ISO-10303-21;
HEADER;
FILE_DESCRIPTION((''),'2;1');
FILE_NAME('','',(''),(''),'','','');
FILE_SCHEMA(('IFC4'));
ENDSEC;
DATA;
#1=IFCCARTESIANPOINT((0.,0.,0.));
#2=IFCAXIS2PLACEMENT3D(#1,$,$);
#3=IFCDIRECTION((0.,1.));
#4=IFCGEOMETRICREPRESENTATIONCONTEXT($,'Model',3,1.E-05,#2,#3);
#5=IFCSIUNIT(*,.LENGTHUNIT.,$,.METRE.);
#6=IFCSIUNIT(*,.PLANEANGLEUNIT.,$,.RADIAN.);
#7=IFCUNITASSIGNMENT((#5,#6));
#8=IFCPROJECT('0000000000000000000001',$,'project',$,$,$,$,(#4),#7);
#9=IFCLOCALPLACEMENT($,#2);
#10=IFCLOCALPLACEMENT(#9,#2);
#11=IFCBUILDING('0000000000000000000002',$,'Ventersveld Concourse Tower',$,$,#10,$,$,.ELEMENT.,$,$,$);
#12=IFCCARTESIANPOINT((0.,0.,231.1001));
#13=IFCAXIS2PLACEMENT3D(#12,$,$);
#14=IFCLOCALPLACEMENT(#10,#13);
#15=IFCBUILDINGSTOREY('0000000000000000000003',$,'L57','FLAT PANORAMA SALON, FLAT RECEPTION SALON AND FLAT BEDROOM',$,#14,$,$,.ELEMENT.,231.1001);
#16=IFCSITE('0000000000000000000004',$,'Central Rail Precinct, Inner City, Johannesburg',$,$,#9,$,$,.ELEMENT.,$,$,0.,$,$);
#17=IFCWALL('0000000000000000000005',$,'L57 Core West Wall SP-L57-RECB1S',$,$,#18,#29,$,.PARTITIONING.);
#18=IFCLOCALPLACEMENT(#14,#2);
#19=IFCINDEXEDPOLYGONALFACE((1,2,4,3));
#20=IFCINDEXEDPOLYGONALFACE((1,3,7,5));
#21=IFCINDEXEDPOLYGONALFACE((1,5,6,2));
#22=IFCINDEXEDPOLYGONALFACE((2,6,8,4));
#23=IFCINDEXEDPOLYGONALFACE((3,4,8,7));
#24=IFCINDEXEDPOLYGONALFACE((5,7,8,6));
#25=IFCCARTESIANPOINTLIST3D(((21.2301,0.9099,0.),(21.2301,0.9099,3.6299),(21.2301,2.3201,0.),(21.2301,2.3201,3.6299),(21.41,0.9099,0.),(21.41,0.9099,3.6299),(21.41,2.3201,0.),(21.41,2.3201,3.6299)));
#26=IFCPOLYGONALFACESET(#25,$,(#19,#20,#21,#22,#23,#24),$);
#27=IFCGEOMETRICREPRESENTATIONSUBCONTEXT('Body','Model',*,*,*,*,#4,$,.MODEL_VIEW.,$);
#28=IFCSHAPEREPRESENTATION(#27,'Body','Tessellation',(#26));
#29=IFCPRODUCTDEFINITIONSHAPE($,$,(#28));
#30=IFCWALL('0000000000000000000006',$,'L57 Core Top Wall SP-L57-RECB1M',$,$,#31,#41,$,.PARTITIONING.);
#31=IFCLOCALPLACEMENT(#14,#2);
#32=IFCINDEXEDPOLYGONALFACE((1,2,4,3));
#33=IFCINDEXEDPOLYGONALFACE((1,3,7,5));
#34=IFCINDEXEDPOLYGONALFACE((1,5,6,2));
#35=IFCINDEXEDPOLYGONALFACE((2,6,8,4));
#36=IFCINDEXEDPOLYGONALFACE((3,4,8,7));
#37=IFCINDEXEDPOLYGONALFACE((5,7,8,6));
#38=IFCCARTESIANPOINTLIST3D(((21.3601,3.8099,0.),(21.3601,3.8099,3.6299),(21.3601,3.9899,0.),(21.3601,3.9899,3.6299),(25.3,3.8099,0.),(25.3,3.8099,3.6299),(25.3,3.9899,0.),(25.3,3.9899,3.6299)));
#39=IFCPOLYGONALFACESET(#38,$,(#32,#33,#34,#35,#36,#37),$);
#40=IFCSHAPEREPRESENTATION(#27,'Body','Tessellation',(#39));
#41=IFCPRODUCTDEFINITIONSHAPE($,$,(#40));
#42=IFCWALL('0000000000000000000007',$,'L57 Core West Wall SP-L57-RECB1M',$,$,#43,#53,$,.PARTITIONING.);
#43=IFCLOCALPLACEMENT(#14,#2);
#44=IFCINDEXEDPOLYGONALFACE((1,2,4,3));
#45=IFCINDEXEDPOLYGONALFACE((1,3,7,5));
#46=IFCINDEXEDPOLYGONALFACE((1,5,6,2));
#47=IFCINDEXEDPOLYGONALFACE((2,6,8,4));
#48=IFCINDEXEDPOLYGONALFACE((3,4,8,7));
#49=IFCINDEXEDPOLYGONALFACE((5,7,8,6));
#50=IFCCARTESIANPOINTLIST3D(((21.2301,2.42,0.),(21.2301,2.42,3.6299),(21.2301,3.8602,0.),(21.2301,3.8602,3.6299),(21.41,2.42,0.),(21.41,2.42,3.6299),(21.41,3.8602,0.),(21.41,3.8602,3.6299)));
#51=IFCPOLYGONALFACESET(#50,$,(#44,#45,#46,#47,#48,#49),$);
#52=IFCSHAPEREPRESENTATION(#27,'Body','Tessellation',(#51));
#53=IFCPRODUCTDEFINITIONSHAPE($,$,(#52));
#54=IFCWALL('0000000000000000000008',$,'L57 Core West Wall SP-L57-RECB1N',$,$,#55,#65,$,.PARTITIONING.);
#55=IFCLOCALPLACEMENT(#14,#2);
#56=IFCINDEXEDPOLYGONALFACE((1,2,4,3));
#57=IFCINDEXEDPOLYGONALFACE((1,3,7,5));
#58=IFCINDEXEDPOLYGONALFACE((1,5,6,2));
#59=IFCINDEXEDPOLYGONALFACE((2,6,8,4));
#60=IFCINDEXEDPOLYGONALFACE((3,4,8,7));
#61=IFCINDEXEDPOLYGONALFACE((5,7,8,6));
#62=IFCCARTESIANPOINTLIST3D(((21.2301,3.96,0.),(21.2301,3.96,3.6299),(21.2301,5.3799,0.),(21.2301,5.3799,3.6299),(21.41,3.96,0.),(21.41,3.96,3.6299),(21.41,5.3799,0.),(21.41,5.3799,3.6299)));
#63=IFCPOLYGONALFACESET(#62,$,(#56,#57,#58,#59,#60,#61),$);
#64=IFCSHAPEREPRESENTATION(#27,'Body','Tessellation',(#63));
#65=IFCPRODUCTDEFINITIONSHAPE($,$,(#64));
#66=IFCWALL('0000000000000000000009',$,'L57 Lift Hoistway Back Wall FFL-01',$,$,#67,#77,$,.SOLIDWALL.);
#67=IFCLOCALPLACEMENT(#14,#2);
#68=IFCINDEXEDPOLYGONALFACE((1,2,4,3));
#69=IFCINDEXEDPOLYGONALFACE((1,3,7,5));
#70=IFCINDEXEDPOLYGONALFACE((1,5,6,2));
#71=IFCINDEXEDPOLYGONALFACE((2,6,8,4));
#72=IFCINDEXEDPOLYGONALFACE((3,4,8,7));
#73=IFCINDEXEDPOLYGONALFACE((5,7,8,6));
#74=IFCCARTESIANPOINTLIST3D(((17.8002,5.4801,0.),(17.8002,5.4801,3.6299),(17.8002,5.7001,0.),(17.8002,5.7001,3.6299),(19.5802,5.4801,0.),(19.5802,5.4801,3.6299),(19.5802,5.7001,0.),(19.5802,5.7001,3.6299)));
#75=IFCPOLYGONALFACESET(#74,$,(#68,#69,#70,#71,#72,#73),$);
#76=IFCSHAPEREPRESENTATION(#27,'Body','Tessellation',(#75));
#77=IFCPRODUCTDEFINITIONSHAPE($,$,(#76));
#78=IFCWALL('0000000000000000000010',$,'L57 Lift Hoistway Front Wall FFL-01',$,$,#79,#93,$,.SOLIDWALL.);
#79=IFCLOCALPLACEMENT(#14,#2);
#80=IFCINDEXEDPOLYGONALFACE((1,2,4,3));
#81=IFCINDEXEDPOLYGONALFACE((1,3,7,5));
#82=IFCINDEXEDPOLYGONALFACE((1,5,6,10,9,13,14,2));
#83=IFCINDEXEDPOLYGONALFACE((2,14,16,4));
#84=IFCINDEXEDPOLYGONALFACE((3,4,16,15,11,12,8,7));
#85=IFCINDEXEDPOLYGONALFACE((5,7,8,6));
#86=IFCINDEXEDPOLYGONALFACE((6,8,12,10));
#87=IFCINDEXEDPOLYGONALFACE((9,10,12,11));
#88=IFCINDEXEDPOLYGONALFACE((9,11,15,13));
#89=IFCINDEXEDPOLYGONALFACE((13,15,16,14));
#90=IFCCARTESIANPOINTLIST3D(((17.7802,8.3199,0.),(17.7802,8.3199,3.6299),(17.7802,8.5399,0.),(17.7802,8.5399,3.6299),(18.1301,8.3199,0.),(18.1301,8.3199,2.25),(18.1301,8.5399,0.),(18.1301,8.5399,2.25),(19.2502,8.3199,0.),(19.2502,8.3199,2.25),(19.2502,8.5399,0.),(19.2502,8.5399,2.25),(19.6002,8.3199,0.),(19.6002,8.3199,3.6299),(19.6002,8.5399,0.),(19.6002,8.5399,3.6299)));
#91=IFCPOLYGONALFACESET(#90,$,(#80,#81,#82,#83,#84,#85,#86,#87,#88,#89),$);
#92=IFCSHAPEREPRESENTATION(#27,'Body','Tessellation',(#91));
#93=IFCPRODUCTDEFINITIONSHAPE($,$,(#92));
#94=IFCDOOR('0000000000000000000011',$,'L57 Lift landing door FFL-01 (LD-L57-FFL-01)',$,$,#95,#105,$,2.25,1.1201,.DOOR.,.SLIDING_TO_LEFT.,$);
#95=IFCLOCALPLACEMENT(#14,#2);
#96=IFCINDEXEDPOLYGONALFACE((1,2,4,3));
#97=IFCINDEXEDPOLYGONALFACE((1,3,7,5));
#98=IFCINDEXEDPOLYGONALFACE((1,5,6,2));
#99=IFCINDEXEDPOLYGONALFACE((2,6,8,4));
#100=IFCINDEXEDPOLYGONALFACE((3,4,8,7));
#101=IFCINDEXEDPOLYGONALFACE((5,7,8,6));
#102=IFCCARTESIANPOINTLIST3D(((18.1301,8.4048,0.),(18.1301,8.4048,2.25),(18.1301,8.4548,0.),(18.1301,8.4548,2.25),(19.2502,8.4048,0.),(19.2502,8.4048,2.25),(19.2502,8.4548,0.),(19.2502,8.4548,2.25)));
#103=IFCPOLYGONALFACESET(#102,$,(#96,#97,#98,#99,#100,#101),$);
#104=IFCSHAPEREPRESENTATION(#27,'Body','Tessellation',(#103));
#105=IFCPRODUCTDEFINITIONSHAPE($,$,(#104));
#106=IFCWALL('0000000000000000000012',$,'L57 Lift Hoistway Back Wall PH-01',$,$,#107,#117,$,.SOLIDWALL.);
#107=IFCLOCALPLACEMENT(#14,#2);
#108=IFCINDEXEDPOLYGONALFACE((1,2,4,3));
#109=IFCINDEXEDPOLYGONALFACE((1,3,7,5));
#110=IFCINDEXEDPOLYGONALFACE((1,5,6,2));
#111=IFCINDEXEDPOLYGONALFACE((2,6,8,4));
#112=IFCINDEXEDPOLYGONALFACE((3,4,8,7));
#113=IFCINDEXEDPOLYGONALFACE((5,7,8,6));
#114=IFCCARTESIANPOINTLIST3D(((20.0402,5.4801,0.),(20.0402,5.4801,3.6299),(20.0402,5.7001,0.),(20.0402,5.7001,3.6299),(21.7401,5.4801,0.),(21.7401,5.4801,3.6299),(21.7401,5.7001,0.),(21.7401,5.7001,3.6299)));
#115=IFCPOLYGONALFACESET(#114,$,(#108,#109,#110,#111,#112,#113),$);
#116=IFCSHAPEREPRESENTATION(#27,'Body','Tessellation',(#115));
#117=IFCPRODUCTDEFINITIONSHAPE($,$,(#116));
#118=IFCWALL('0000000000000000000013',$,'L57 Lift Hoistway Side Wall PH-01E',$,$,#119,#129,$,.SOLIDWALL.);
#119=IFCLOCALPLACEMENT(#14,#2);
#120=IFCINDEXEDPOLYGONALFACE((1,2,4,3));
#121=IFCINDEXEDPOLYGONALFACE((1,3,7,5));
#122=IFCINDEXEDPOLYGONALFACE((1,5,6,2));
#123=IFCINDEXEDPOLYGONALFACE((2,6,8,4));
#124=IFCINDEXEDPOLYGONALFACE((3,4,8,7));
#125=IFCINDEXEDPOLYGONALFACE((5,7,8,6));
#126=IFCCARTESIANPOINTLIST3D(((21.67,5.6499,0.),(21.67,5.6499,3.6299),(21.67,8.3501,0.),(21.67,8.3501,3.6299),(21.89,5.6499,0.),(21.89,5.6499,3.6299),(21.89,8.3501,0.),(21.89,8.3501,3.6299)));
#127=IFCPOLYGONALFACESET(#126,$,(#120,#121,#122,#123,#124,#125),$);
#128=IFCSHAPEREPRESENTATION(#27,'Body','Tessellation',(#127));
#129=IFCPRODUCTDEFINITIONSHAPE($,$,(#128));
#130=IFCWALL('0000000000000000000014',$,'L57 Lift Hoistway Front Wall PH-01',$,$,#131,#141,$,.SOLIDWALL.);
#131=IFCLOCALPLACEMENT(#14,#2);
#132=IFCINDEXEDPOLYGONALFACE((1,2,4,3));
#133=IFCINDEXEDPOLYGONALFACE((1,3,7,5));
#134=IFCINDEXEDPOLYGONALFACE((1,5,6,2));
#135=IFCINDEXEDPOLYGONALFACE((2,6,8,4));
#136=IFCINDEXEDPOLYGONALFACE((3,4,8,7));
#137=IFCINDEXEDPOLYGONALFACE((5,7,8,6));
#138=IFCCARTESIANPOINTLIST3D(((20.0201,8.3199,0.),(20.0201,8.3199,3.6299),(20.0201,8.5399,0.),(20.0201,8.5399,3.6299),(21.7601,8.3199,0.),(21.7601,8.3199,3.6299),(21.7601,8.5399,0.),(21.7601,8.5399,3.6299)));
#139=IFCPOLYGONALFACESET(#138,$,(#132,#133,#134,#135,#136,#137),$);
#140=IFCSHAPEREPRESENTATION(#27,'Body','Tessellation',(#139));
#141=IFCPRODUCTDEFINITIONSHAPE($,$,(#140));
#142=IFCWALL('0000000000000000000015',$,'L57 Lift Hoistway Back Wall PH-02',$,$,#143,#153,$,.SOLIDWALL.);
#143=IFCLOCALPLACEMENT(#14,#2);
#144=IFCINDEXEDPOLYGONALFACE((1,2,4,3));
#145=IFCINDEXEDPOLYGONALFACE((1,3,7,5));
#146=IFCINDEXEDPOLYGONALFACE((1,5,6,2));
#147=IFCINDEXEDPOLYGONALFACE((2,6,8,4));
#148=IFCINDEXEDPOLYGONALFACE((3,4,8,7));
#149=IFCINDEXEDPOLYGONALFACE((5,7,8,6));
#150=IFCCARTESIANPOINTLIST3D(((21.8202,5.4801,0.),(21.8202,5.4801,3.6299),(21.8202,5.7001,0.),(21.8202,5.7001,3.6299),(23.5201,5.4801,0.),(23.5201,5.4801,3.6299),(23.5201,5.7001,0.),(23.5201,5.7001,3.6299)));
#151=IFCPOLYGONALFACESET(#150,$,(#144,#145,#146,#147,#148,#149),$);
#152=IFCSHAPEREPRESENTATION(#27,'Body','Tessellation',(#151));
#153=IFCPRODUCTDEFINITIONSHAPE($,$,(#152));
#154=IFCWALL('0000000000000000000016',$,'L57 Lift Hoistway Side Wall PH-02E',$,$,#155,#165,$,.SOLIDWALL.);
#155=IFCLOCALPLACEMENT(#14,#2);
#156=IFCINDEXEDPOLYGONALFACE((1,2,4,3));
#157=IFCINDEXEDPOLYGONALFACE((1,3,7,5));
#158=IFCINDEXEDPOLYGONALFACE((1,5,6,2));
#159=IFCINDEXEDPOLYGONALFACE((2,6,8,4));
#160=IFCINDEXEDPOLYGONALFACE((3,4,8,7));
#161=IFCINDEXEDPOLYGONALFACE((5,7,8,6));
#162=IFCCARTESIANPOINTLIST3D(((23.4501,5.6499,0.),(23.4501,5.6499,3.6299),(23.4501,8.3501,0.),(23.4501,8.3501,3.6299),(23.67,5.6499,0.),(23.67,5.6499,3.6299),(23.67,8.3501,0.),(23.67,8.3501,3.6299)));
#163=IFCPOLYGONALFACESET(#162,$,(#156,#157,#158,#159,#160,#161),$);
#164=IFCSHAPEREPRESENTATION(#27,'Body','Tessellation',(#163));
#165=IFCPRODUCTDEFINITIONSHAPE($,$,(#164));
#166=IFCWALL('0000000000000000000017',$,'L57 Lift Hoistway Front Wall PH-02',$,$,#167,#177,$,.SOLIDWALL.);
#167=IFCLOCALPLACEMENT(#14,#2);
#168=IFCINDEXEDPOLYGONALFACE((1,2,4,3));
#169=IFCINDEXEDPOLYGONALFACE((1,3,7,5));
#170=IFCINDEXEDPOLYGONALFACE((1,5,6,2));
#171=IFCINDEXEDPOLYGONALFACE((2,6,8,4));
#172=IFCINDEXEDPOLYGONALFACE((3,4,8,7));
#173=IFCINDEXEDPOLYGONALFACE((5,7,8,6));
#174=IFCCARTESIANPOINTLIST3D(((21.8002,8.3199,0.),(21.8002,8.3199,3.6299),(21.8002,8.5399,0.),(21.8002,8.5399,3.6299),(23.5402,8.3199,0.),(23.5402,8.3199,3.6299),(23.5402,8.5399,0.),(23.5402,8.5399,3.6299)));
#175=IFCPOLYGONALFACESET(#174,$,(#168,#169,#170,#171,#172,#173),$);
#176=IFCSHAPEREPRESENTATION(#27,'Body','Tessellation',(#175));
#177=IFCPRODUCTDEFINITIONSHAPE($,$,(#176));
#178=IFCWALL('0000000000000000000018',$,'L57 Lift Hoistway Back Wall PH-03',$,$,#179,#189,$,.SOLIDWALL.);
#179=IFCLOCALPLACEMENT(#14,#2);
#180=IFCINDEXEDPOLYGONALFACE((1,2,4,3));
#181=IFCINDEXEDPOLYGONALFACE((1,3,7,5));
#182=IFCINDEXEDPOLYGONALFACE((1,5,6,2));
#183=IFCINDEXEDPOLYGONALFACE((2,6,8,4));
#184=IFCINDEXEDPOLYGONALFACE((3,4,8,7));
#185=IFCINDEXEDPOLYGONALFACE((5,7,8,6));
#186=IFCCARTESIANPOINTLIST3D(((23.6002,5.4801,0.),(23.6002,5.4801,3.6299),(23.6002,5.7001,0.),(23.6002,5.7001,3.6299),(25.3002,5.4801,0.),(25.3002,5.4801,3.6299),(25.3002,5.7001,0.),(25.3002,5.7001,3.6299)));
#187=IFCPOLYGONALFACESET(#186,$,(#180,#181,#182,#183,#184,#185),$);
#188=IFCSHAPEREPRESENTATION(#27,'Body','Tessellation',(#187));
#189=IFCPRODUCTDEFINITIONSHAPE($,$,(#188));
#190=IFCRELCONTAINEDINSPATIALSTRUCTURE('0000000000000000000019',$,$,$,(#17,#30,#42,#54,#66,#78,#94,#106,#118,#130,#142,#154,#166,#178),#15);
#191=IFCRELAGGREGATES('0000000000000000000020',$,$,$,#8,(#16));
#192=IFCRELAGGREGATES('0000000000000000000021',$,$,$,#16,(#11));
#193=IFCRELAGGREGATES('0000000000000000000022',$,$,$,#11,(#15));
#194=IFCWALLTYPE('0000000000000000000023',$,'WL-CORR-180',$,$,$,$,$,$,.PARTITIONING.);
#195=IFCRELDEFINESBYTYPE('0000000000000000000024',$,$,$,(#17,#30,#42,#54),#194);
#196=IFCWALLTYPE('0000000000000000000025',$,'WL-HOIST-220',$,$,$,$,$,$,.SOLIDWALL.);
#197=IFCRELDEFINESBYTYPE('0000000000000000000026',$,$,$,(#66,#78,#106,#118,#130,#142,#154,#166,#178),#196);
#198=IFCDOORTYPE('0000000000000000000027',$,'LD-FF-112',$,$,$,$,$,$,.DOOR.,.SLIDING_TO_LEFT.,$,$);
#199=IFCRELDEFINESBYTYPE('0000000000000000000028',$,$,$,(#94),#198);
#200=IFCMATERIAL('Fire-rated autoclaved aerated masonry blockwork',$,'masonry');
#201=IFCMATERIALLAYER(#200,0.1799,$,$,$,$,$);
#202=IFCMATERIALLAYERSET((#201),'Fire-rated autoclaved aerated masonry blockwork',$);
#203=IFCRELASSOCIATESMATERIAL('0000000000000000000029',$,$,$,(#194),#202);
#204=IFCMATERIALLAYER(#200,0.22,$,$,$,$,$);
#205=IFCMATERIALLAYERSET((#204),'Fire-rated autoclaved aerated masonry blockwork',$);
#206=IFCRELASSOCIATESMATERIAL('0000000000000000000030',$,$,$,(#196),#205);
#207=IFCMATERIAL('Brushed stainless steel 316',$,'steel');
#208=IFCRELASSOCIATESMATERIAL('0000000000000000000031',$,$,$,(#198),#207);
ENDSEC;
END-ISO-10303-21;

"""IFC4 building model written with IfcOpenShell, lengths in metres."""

from ifc_helpers import new_model, si_unit, direction, frame, frame_2d, origin, place, context, subcontext, project, spatial, rectangle, extrude, material, layer, layer_set, type_object, element, fill, save


model = new_model("IFC4")

# Units and contexts
model_context = context("Model", 3, precision=1e-05, world=origin(), true_north=direction((0.0, 1.0)))
body_context = subcontext(model_context, "Body", "Model", "MODEL_VIEW")
ifc_project = project(units=[si_unit("LENGTHUNIT", "METRE"), si_unit("PLANEANGLEUNIT", "RADIAN")], contexts=[model_context])

# Site, building, storey
site_placement = place(None, origin())
site = spatial("IfcSite", under=ifc_project, at=site_placement, Name="Central Rail Precinct, Inner City, Johannesburg", CompositionType="ELEMENT", RefElevation=0.0)
building_placement = place(site_placement, origin())
building = spatial("IfcBuilding", under=site, at=building_placement, Name="Ventersveld Concourse Tower", CompositionType="ELEMENT")
storey_placement = place(building_placement, frame((0.0, 0.0, 231.1001)))
storey = spatial("IfcBuildingStorey", under=building, at=storey_placement, Name="L57", Description="FLAT PANORAMA SALON, FLAT RECEPTION SALON AND FLAT BEDROOM", CompositionType="ELEMENT", Elevation=231.1001)

# Walls
ifc_material_1 = material(Name="Fire-rated autoclaved aerated masonry blockwork", Category="masonry")
ifc_layer_1 = layer(ifc_material_1, 0.1799)
ifc_layer_set_1 = layer_set([ifc_layer_1], Name="Fire-rated autoclaved aerated masonry blockwork")
wall_type_1 = type_object("IfcWallType", Name="WL-CORR-180", PredefinedType="PARTITIONING", material=ifc_layer_set_1)
wall_1_placement = place(storey_placement, frame((21.3201, 0.9099, 0.0), z_axis=(0.0, 0.0, 1.0), x_axis=(0.0, 1.0, 0.0)))
element("IfcWall", 1, at=wall_1_placement, inside=storey, type_object=wall_type_1, Name="L57 Core West Wall SP-L57-RECB1S", PredefinedType="PARTITIONING", context=body_context, shape_type="SweptSolid", body=[
    extrude(rectangle(XDim=1.4102, YDim=0.1799, at=frame_2d((0.7051, 0.0))), origin(), (0.0, 0.0, 1.0), 3.6299),
])
wall_2_placement = place(storey_placement, frame((21.3601, 3.8999, 0.0), z_axis=(0.0, 0.0, 1.0), x_axis=(1.0, 0.0, 0.0)))
element("IfcWall", 2, at=wall_2_placement, inside=storey, type_object=wall_type_1, Name="L57 Core Top Wall SP-L57-RECB1M", PredefinedType="PARTITIONING", context=body_context, shape_type="SweptSolid", body=[
    extrude(rectangle(XDim=3.9399, YDim=0.1799, at=frame_2d((1.97, 0.0))), origin(), (0.0, 0.0, 1.0), 3.6299),
])
wall_3_placement = place(storey_placement, frame((21.3201, 2.4199, 0.0), z_axis=(0.0, 0.0, 1.0), x_axis=(0.0, 1.0, 0.0)))
element("IfcWall", 3, at=wall_3_placement, inside=storey, type_object=wall_type_1, Name="L57 Core West Wall SP-L57-RECB1M", PredefinedType="PARTITIONING", context=body_context, shape_type="SweptSolid", body=[
    extrude(rectangle(XDim=1.4402, YDim=0.1799, at=frame_2d((0.7202, 0.0))), origin(), (0.0, 0.0, 1.0), 3.6299),
])
wall_4_placement = place(storey_placement, frame((21.3201, 3.96, 0.0), z_axis=(0.0, 0.0, 1.0), x_axis=(0.0, 1.0, 0.0)))
element("IfcWall", 4, at=wall_4_placement, inside=storey, type_object=wall_type_1, Name="L57 Core West Wall SP-L57-RECB1N", PredefinedType="PARTITIONING", context=body_context, shape_type="SweptSolid", body=[
    extrude(rectangle(XDim=1.4199, YDim=0.1799, at=frame_2d((0.71, 0.0))), origin(), (0.0, 0.0, 1.0), 3.6299),
])
ifc_layer_2 = layer(ifc_material_1, 0.22)
ifc_layer_set_2 = layer_set([ifc_layer_2], Name="Fire-rated autoclaved aerated masonry blockwork")
wall_type_2 = type_object("IfcWallType", Name="WL-HOIST-220", PredefinedType="SOLIDWALL", material=ifc_layer_set_2)
wall_5_placement = place(storey_placement, frame((17.8, 5.5901, 0.0), z_axis=(0.0, 0.0, 1.0), x_axis=(1.0, 0.0, 0.0)))
element("IfcWall", 5, at=wall_5_placement, inside=storey, type_object=wall_type_2, Name="L57 Lift Hoistway Back Wall FFL-01", PredefinedType="SOLIDWALL", context=body_context, shape_type="SweptSolid", body=[
    extrude(rectangle(XDim=1.78, YDim=0.22, at=frame_2d((0.8901, 0.0))), origin(), (0.0, 0.0, 1.0), 3.6299),
])

# Wall, opening, door
wall_6_placement = place(storey_placement, frame((17.78, 8.4299, 0.0), z_axis=(0.0, 0.0, 1.0), x_axis=(1.0, 0.0, 0.0)))
wall_6 = element("IfcWall", 6, at=wall_6_placement, inside=storey, type_object=wall_type_2, Name="L57 Lift Hoistway Front Wall FFL-01", PredefinedType="SOLIDWALL", context=body_context, shape_type="SweptSolid", body=[
    extrude(rectangle(XDim=1.8201, YDim=0.22, at=frame_2d((0.9102, 0.0))), origin(), (0.0, 0.0, 1.0), 3.6299),
])
opening_1_placement = place(wall_6_placement, frame((0.3501, 0.0, 0.0)))
opening_1 = element("IfcOpeningElement", 7, at=opening_1_placement, cuts=wall_6, PredefinedType="OPENING", context=body_context, shape_type="SweptSolid", body=[
    extrude(rectangle(XDim=1.1201, YDim=2.25, at=frame_2d((0.5601, 1.125))), frame((0.0, 0.1201, 0.0), z_axis=(0.0, -1.0, 0.0), x_axis=(1.0, 0.0, 0.0)), (0.0, 0.0, 1.0), 0.24),
])
ifc_material_2 = material(Name="Brushed stainless steel 316", Category="steel")
door_type_1 = type_object("IfcDoorType", Name="LD-FF-112", OperationType="SLIDING_TO_LEFT", PredefinedType="DOOR", material=ifc_material_2)
door_1_placement = place(opening_1_placement, origin())
door_1 = element("IfcDoor", 8, at=door_1_placement, inside=storey, type_object=door_type_1, Name="L57 Lift landing door FFL-01 (LD-L57-FFL-01)", OperationType="SLIDING_TO_LEFT", OverallHeight=2.25, OverallWidth=1.1201, PredefinedType="DOOR", context=body_context, shape_type="SweptSolid", body=[
    extrude(rectangle(XDim=1.1201, YDim=2.25, at=frame_2d((0.5601, 1.125))), frame((0.0, 0.0249, 0.0), z_axis=(0.0, -1.0, 0.0), x_axis=(1.0, 0.0, 0.0)), (0.0, 0.0, 1.0), 0.05),
])
fill(opening_1, door_1)

# Walls
wall_7_placement = place(storey_placement, frame((20.04, 5.5901, 0.0), z_axis=(0.0, 0.0, 1.0), x_axis=(1.0, 0.0, 0.0)))
element("IfcWall", 9, at=wall_7_placement, inside=storey, type_object=wall_type_2, Name="L57 Lift Hoistway Back Wall PH-01", PredefinedType="SOLIDWALL", context=body_context, shape_type="SweptSolid", body=[
    extrude(rectangle(XDim=1.7, YDim=0.22, at=frame_2d((0.8501, 0.0))), origin(), (0.0, 0.0, 1.0), 3.6299),
])
wall_8_placement = place(storey_placement, frame((21.78, 5.6499, 0.0), z_axis=(0.0, 0.0, 1.0), x_axis=(0.0, 1.0, 0.0)))
element("IfcWall", 10, at=wall_8_placement, inside=storey, type_object=wall_type_2, Name="L57 Lift Hoistway Side Wall PH-01E", PredefinedType="SOLIDWALL", context=body_context, shape_type="SweptSolid", body=[
    extrude(rectangle(XDim=2.7002, YDim=0.22, at=frame_2d((1.3501, 0.0))), origin(), (0.0, 0.0, 1.0), 3.6299),
])
wall_9_placement = place(storey_placement, frame((20.02, 8.4299, 0.0), z_axis=(0.0, 0.0, 1.0), x_axis=(1.0, 0.0, 0.0)))
element("IfcWall", 11, at=wall_9_placement, inside=storey, type_object=wall_type_2, Name="L57 Lift Hoistway Front Wall PH-01", PredefinedType="SOLIDWALL", context=body_context, shape_type="SweptSolid", body=[
    extrude(rectangle(XDim=1.74, YDim=0.22, at=frame_2d((0.8701, 0.0))), origin(), (0.0, 0.0, 1.0), 3.6299),
])
wall_10_placement = place(storey_placement, frame((21.8201, 5.5901, 0.0), z_axis=(0.0, 0.0, 1.0), x_axis=(1.0, 0.0, 0.0)))
element("IfcWall", 12, at=wall_10_placement, inside=storey, type_object=wall_type_2, Name="L57 Lift Hoistway Back Wall PH-02", PredefinedType="SOLIDWALL", context=body_context, shape_type="SweptSolid", body=[
    extrude(rectangle(XDim=1.7, YDim=0.22, at=frame_2d((0.8501, 0.0))), origin(), (0.0, 0.0, 1.0), 3.6299),
])
wall_11_placement = place(storey_placement, frame((23.5601, 5.6499, 0.0), z_axis=(0.0, 0.0, 1.0), x_axis=(0.0, 1.0, 0.0)))
element("IfcWall", 13, at=wall_11_placement, inside=storey, type_object=wall_type_2, Name="L57 Lift Hoistway Side Wall PH-02E", PredefinedType="SOLIDWALL", context=body_context, shape_type="SweptSolid", body=[
    extrude(rectangle(XDim=2.7002, YDim=0.22, at=frame_2d((1.3501, 0.0))), origin(), (0.0, 0.0, 1.0), 3.6299),
])
wall_12_placement = place(storey_placement, frame((21.8, 8.4299, 0.0), z_axis=(0.0, 0.0, 1.0), x_axis=(1.0, 0.0, 0.0)))
element("IfcWall", 14, at=wall_12_placement, inside=storey, type_object=wall_type_2, Name="L57 Lift Hoistway Front Wall PH-02", PredefinedType="SOLIDWALL", context=body_context, shape_type="SweptSolid", body=[
    extrude(rectangle(XDim=1.74, YDim=0.22, at=frame_2d((0.8701, 0.0))), origin(), (0.0, 0.0, 1.0), 3.6299),
])
wall_13_placement = place(storey_placement, frame((23.6001, 5.5901, 0.0), z_axis=(0.0, 0.0, 1.0), x_axis=(1.0, 0.0, 0.0)))
element("IfcWall", 15, at=wall_13_placement, inside=storey, type_object=wall_type_2, Name="L57 Lift Hoistway Back Wall PH-03", PredefinedType="SOLIDWALL", context=body_context, shape_type="SweptSolid", body=[
    extrude(rectangle(XDim=1.7, YDim=0.22, at=frame_2d((0.8501, 0.0))), origin(), (0.0, 0.0, 1.0), 3.6299),
])

save(model, "model.ifc")
